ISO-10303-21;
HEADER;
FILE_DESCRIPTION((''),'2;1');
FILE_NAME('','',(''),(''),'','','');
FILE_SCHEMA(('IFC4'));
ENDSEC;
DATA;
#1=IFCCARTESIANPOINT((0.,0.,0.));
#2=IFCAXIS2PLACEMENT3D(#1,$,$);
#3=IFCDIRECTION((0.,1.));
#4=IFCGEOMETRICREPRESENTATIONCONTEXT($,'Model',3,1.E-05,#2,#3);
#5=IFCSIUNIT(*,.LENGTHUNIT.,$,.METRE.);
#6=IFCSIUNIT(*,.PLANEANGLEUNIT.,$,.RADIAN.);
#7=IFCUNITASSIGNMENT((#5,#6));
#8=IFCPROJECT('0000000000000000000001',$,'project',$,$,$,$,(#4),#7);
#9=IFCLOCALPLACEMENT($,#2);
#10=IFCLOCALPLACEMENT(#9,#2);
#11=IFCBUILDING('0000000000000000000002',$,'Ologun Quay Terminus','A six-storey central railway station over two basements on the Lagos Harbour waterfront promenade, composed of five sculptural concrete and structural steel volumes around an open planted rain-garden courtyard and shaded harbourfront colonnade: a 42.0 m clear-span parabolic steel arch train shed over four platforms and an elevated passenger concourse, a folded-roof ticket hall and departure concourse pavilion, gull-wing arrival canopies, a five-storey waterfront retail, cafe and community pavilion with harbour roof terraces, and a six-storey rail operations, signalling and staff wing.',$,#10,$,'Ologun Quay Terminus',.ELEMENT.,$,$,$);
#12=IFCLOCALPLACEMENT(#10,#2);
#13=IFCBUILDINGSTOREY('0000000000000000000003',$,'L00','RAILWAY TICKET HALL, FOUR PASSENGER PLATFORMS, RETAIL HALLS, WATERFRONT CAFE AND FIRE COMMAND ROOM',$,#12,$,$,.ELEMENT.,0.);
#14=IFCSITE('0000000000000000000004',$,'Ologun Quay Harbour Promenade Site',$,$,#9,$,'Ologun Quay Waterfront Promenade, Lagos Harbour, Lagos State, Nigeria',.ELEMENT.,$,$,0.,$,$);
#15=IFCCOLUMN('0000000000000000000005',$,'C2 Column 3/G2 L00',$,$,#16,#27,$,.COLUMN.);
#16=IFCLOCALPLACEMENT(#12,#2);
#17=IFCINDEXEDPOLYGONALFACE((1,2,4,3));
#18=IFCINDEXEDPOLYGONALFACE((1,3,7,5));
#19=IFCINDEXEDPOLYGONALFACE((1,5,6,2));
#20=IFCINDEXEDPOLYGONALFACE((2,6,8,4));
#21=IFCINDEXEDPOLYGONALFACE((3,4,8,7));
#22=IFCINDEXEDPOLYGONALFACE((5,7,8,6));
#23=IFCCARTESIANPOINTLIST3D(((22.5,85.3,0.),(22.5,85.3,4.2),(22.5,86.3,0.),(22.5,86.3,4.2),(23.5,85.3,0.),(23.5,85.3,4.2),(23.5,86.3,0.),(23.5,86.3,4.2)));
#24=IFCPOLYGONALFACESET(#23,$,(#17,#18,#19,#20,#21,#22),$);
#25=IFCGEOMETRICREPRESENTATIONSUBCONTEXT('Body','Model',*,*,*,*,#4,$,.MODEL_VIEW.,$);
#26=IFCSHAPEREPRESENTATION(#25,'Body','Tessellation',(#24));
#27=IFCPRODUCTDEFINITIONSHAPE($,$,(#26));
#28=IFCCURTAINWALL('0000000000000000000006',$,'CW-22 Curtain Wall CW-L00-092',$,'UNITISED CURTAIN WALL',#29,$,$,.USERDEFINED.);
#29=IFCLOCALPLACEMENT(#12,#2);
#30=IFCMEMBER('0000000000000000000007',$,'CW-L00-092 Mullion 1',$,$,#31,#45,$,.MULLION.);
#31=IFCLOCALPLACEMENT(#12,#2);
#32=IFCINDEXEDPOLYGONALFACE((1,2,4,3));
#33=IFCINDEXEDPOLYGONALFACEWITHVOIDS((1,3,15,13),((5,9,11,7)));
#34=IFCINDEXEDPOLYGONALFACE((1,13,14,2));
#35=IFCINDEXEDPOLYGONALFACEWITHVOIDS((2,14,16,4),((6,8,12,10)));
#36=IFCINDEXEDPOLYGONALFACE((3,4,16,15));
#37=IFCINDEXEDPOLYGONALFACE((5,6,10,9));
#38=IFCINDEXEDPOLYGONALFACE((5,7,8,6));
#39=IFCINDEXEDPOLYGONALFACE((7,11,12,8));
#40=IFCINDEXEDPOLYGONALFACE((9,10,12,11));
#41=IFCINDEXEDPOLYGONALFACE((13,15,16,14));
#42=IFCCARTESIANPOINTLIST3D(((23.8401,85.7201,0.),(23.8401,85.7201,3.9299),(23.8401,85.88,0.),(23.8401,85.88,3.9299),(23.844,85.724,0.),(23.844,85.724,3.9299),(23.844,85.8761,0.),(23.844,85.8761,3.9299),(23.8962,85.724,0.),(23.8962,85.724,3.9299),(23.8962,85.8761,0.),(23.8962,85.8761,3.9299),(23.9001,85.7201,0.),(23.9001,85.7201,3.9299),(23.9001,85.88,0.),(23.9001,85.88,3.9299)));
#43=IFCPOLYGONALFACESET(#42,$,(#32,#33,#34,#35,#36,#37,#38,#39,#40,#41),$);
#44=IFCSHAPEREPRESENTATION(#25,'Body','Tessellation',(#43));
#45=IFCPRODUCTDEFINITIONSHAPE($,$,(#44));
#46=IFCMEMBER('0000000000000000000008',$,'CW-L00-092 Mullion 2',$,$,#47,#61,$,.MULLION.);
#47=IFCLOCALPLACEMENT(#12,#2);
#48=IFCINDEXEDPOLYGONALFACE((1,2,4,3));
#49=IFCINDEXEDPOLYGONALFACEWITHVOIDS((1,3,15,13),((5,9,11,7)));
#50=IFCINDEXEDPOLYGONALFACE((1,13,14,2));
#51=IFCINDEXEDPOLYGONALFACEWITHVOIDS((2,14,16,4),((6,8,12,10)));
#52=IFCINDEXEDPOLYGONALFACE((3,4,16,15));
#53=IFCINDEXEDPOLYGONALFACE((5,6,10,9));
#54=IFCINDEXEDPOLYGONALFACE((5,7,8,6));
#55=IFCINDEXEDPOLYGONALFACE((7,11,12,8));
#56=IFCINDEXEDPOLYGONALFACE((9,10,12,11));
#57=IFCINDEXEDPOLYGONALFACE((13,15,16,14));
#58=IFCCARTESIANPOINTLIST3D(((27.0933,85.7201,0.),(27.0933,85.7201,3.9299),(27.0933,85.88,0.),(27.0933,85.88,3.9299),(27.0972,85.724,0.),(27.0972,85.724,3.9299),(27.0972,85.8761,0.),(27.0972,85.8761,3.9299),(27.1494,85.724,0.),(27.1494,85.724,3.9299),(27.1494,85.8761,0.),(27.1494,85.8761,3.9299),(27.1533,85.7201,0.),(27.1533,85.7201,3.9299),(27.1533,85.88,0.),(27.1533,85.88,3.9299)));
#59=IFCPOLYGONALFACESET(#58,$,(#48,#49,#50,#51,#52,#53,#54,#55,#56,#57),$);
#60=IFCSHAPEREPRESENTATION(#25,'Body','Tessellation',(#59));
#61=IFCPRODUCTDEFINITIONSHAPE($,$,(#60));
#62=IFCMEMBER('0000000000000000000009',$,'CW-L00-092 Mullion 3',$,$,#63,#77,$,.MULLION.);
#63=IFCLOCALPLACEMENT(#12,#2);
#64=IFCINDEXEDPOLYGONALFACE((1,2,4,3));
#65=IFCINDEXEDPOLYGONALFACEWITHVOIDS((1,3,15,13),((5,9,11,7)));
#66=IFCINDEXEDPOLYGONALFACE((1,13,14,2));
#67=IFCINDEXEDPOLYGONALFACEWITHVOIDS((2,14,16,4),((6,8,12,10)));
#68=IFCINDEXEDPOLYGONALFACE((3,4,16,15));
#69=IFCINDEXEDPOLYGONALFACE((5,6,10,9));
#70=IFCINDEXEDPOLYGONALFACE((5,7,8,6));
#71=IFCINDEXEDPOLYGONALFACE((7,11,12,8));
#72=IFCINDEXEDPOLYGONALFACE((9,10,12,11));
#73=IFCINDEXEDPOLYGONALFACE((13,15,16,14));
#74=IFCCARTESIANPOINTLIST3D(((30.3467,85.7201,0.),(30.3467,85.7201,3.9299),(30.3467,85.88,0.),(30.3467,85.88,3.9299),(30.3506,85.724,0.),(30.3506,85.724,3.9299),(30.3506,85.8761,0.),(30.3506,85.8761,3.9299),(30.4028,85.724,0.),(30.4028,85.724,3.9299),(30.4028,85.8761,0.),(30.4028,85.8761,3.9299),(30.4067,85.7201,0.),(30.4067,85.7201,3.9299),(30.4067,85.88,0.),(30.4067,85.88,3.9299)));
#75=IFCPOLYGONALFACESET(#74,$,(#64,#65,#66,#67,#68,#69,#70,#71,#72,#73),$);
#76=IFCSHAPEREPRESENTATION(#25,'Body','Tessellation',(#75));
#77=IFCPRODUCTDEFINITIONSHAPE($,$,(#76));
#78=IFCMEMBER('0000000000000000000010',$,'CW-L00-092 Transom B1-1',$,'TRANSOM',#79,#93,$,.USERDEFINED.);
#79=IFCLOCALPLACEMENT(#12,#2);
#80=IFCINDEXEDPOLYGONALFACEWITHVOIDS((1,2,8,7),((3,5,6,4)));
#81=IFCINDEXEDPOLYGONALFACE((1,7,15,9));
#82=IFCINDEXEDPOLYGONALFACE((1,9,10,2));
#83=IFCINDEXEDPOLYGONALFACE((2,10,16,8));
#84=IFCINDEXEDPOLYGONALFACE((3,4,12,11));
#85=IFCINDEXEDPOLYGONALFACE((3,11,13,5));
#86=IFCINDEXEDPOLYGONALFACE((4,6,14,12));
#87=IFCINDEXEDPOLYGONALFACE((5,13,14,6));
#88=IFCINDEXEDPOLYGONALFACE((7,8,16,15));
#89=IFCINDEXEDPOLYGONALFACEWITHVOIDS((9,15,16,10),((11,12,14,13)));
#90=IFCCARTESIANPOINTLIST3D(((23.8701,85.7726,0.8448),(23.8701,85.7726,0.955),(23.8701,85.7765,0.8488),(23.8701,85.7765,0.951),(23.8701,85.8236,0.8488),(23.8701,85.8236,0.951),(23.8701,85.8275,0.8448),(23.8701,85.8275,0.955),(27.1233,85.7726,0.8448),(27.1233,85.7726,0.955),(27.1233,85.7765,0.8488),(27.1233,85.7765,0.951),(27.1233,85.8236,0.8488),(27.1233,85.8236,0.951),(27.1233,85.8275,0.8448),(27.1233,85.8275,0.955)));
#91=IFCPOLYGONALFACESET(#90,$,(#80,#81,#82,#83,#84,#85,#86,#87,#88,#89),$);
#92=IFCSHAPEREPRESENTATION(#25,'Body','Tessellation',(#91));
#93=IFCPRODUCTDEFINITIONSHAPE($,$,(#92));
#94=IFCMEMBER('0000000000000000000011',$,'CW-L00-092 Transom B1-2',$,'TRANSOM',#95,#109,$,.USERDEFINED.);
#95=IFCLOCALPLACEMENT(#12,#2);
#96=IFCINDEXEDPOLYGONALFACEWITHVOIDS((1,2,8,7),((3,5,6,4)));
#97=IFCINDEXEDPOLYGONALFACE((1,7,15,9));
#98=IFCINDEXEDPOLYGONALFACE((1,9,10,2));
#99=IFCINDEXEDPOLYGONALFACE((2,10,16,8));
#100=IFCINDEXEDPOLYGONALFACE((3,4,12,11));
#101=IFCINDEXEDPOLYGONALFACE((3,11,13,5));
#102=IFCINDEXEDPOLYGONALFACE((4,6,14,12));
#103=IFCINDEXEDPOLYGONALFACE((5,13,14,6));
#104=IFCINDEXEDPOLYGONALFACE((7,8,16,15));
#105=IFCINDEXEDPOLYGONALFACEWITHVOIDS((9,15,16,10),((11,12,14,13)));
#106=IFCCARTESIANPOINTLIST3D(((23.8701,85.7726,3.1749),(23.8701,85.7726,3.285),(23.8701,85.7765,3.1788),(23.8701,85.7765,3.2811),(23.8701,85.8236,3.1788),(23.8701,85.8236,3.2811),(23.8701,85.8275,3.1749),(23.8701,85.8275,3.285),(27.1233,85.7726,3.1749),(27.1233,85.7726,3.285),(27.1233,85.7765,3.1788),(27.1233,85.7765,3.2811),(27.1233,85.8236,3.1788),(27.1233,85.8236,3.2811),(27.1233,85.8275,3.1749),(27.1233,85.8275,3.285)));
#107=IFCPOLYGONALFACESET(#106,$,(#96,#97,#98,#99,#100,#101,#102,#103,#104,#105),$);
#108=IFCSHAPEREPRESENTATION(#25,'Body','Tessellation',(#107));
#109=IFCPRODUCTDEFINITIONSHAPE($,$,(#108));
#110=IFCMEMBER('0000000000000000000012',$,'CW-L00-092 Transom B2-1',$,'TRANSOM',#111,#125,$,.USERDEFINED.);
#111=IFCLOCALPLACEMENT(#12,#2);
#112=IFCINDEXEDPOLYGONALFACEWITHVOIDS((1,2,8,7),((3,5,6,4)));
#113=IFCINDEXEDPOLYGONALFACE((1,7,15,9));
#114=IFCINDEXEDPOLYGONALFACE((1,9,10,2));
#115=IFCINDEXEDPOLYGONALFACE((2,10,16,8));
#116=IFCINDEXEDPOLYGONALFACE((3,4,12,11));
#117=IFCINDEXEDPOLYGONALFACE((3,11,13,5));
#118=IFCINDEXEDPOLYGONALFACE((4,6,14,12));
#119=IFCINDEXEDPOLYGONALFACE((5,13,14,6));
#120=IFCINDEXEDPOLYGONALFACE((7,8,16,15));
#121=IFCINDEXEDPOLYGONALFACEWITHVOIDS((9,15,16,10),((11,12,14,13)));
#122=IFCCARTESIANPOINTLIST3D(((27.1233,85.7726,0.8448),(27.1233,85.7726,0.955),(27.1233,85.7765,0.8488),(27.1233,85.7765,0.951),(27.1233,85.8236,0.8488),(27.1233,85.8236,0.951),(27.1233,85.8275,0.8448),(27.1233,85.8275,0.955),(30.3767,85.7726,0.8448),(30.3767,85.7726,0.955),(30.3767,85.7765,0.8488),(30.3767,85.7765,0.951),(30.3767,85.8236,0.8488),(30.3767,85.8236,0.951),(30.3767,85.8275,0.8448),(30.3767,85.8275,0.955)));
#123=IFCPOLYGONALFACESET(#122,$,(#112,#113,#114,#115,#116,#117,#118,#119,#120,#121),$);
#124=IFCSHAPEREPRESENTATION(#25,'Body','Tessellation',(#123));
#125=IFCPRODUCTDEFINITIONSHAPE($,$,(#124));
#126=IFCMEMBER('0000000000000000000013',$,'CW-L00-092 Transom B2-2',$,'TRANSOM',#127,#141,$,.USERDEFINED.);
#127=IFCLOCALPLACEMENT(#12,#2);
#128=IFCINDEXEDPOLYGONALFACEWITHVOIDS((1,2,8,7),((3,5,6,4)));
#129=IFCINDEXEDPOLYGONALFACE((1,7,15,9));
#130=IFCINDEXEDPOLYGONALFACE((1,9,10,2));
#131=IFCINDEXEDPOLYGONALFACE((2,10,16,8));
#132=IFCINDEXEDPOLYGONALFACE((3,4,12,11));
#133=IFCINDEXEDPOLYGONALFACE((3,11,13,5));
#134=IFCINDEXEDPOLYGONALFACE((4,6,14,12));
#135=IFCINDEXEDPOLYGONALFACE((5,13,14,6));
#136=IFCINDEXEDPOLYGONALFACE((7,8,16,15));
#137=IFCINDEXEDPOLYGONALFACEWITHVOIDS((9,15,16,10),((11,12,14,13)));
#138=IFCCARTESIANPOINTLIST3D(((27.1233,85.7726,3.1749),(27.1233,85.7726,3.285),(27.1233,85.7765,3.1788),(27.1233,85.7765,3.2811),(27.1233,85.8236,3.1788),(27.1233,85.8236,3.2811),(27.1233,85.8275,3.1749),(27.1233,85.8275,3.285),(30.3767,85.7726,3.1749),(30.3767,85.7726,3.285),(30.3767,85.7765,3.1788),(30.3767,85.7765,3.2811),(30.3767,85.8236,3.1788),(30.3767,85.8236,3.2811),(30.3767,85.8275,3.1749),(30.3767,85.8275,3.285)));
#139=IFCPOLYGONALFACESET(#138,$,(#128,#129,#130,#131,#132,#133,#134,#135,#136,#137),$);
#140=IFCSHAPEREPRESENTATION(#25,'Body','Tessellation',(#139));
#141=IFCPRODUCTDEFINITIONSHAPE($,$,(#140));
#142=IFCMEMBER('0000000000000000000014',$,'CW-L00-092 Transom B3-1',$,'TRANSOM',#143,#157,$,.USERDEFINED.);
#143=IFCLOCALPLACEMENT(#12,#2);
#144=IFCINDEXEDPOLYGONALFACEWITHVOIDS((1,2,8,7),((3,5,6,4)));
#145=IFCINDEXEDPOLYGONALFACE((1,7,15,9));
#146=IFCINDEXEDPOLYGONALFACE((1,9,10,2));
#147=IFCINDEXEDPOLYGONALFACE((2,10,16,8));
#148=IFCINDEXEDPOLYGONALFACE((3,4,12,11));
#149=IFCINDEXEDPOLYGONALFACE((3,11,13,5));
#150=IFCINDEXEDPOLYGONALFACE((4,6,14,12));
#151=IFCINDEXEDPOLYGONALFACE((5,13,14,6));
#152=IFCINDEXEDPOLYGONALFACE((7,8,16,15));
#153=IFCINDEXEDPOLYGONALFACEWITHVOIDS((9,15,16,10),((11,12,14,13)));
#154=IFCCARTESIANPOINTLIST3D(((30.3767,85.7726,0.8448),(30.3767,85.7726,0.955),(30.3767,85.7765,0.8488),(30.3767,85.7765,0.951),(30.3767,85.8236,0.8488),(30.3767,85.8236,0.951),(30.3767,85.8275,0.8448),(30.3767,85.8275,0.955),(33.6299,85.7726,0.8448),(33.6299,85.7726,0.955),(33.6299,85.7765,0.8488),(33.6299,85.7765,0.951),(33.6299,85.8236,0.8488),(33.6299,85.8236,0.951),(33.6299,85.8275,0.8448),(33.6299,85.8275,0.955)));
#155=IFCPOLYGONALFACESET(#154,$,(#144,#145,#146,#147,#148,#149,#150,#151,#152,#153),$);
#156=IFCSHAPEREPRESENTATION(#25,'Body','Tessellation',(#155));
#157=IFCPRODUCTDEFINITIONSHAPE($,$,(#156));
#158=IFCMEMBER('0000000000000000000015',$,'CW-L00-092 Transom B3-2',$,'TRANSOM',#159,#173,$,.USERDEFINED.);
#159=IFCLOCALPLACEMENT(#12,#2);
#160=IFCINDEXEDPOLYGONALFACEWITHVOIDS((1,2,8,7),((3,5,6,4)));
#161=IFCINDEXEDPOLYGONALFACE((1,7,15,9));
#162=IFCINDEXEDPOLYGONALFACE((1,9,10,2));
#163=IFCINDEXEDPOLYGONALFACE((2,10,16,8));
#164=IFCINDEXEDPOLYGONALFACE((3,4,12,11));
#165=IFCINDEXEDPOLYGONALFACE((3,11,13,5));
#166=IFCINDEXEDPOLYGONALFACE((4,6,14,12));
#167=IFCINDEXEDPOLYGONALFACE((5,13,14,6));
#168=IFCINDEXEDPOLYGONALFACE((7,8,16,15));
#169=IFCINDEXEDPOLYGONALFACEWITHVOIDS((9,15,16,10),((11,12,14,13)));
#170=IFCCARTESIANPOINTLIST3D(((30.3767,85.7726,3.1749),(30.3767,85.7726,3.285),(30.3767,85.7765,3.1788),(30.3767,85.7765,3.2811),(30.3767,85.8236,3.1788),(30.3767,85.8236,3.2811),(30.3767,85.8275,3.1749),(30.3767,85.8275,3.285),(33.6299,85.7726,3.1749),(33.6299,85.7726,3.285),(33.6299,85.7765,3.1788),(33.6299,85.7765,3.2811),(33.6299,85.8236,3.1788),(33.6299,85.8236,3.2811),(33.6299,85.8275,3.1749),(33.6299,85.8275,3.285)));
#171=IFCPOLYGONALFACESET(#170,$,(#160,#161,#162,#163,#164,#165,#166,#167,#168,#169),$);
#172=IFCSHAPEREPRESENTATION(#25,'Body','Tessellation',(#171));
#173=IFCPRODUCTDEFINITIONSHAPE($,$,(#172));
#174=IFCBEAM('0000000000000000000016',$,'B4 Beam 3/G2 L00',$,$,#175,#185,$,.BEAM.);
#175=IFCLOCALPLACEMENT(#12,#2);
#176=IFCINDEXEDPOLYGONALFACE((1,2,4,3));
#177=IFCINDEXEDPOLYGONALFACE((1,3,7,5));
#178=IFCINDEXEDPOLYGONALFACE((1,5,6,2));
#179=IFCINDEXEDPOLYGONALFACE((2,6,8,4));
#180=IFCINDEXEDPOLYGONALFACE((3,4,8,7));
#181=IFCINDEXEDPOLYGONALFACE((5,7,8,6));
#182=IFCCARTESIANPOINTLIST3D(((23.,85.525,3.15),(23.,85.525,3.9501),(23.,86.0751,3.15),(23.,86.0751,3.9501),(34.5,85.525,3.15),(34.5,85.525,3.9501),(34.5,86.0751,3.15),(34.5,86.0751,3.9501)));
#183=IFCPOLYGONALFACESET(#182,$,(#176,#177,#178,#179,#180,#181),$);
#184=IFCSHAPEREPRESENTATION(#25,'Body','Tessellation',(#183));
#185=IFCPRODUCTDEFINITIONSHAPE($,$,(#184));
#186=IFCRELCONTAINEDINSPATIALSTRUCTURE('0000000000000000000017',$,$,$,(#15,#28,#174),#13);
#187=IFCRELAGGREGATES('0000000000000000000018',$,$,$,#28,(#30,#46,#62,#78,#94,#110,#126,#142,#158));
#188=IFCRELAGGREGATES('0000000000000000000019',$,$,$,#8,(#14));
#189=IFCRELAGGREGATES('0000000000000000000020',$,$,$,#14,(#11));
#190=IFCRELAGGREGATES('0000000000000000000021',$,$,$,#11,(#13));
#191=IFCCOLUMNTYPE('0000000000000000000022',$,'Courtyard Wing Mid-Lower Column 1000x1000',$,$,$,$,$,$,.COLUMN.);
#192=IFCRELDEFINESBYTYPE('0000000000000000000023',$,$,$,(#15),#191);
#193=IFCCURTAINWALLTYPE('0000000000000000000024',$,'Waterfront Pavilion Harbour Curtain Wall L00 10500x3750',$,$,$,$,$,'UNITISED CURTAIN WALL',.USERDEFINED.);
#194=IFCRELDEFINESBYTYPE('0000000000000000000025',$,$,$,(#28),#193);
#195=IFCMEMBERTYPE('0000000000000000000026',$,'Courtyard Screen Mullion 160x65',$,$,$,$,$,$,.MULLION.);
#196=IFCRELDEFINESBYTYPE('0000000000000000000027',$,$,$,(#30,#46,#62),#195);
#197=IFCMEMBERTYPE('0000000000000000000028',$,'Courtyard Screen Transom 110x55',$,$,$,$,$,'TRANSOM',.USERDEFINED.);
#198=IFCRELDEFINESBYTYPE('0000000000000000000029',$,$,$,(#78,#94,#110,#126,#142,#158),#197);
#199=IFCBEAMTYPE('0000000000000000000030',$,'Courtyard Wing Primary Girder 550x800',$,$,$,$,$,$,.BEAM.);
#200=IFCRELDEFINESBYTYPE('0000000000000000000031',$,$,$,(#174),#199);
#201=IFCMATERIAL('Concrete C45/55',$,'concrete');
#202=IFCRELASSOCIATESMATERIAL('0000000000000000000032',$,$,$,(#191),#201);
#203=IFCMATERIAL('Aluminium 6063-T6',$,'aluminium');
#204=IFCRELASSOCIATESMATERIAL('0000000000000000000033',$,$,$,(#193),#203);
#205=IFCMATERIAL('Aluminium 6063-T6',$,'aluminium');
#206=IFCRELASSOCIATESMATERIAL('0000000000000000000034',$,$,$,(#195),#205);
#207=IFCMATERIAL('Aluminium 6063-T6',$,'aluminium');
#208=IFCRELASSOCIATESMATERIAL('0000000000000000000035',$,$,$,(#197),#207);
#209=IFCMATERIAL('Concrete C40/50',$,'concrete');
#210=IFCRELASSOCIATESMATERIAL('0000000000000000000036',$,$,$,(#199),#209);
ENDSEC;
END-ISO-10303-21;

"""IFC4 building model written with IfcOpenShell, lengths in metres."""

from ifc_helpers import new_model, si_unit, direction, frame, origin, origin_2d, place, context, subcontext, project, spatial, rectangle, hollow_rectangle, extrude, material, material_profile, profile_set, type_object, element, aggregate, save


model = new_model("IFC4")

# Units and contexts
model_context = context("Model", 3, precision=1e-05, world=origin(), true_north=direction((0.0, 1.0)))
body_context = subcontext(model_context, "Body", "Model", "MODEL_VIEW")
ifc_project = project(units=[si_unit("LENGTHUNIT", "METRE"), si_unit("PLANEANGLEUNIT", "RADIAN")], contexts=[model_context])

# Site, building, storey
site_placement = place(None, origin())
site = spatial("IfcSite", under=ifc_project, at=site_placement, Name="Ologun Quay Harbour Promenade Site", LongName="Ologun Quay Waterfront Promenade, Lagos Harbour, Lagos State, Nigeria", CompositionType="ELEMENT", RefElevation=0.0)
building_placement = place(site_placement, origin())
building = spatial("IfcBuilding", under=site, at=building_placement, Name="Ologun Quay Terminus", Description="A six-storey central railway station over two basements on the Lagos Harbour waterfront promenade, composed of five sculptural concrete and structural steel volumes around an open planted rain-garden courtyard and shaded harbourfront colonnade: a 42.0 m clear-span parabolic steel arch train shed over four platforms and an elevated passenger concourse, a folded-roof ticket hall and departure concourse pavilion, gull-wing arrival canopies, a five-storey waterfront retail, cafe and community pavilion with harbour roof terraces, and a six-storey rail operations, signalling and staff wing.", LongName="Ologun Quay Terminus", CompositionType="ELEMENT")
storey_placement = place(building_placement, origin())
storey = spatial("IfcBuildingStorey", under=building, at=storey_placement, Name="L00", Description="RAILWAY TICKET HALL, FOUR PASSENGER PLATFORMS, RETAIL HALLS, WATERFRONT CAFE AND FIRE COMMAND ROOM", CompositionType="ELEMENT", Elevation=0.0)

# Column
ifc_material_1 = material(Name="Concrete C45/55", Category="concrete")
ifc_material_profile_1 = material_profile(ifc_material_1, rectangle(XDim=1.0, YDim=1.0, at=origin_2d()), Name="RC 1000x1000")
ifc_profile_set_1 = profile_set([ifc_material_profile_1], Name="Concrete C45/55")
column_type = type_object("IfcColumnType", Name="Courtyard Wing Mid-Lower Column 1000x1000", PredefinedType="COLUMN", material=ifc_profile_set_1)
column_placement = place(storey_placement, frame((23.0, 85.8, 0.0), z_axis=(0.0, 0.0, 1.0), x_axis=(1.0, 0.0, 0.0)))
element("IfcColumn", 1, at=column_placement, inside=storey, type_object=column_type, Name="C2 Column 3/G2 L00", PredefinedType="COLUMN", context=body_context, shape_type="SweptSolid", body=[
    extrude(rectangle(XDim=1.0, YDim=1.0, at=origin_2d()), origin(), (0.0, 0.0, 1.0), 4.2),
])

# Curtain wall, members
ifc_material_2 = material(Name="Aluminium 6063-T6", Category="aluminium")
curtain_wall_type = type_object("IfcCurtainWallType", Name="Waterfront Pavilion Harbour Curtain Wall L00 10500x3750", ElementType="UNITISED CURTAIN WALL", PredefinedType="USERDEFINED", material=ifc_material_2)
curtain_wall_placement = place(storey_placement, origin())
curtain_wall = element("IfcCurtainWall", 2, at=curtain_wall_placement, inside=storey, type_object=curtain_wall_type, Name="CW-22 Curtain Wall CW-L00-092", ObjectType="UNITISED CURTAIN WALL", PredefinedType="USERDEFINED")
ifc_material_3 = material(Name="Aluminium 6063-T6", Category="aluminium")
ifc_material_profile_2 = material_profile(ifc_material_3, hollow_rectangle(XDim=0.0601, YDim=0.1599, WallThickness=0.0039, at=origin_2d()), Name="ALU 160x60x4")
ifc_profile_set_2 = profile_set([ifc_material_profile_2], Name="Aluminium 6063-T6")
member_type_1 = type_object("IfcMemberType", Name="Courtyard Screen Mullion 160x65", PredefinedType="MULLION", material=ifc_profile_set_2)
member_1_placement = place(storey_placement, frame((23.8701, 85.8, 0.0), z_axis=(0.0, 0.0, 1.0), x_axis=(1.0, 0.0, 0.0)))
member_1 = element("IfcMember", 3, at=member_1_placement, type_object=member_type_1, Name="CW-L00-092 Mullion 1", PredefinedType="MULLION", context=body_context, shape_type="SweptSolid", body=[
    extrude(hollow_rectangle(XDim=0.0601, YDim=0.1599, WallThickness=0.0039, at=origin_2d()), origin(), (0.0, 0.0, 1.0), 3.9299),
])
member_2_placement = place(storey_placement, frame((27.1233, 85.8, 0.0), z_axis=(0.0, 0.0, 1.0), x_axis=(1.0, 0.0, 0.0)))
member_2 = element("IfcMember", 4, at=member_2_placement, type_object=member_type_1, Name="CW-L00-092 Mullion 2", PredefinedType="MULLION", context=body_context, shape_type="SweptSolid", body=[
    extrude(hollow_rectangle(XDim=0.0601, YDim=0.1599, WallThickness=0.0039, at=origin_2d()), origin(), (0.0, 0.0, 1.0), 3.9299),
])
member_3_placement = place(storey_placement, frame((30.3767, 85.8, 0.0), z_axis=(0.0, 0.0, 1.0), x_axis=(1.0, 0.0, 0.0)))
member_3 = element("IfcMember", 5, at=member_3_placement, type_object=member_type_1, Name="CW-L00-092 Mullion 3", PredefinedType="MULLION", context=body_context, shape_type="SweptSolid", body=[
    extrude(hollow_rectangle(XDim=0.0601, YDim=0.1599, WallThickness=0.0039, at=origin_2d()), origin(), (0.0, 0.0, 1.0), 3.9299),
])
ifc_material_4 = material(Name="Aluminium 6063-T6", Category="aluminium")
ifc_material_profile_3 = material_profile(ifc_material_4, hollow_rectangle(XDim=0.0549, YDim=0.1101, WallThickness=0.0039, at=origin_2d()), Name="ALU 110x55x4")
ifc_profile_set_3 = profile_set([ifc_material_profile_3], Name="Aluminium 6063-T6")
member_type_2 = type_object("IfcMemberType", Name="Courtyard Screen Transom 110x55", ElementType="TRANSOM", PredefinedType="USERDEFINED", material=ifc_profile_set_3)
member_4_placement = place(storey_placement, frame((23.8701, 85.8, 0.8999), z_axis=(1.0, 0.0, 0.0), x_axis=(0.0, 1.0, 0.0)))
member_4 = element("IfcMember", 6, at=member_4_placement, type_object=member_type_2, Name="CW-L00-092 Transom B1-1", ObjectType="TRANSOM", PredefinedType="USERDEFINED", context=body_context, shape_type="SweptSolid", body=[
    extrude(hollow_rectangle(XDim=0.0549, YDim=0.1101, WallThickness=0.0039, at=origin_2d()), origin(), (0.0, 0.0, 1.0), 3.2532),
])
member_5_placement = place(storey_placement, frame((23.8701, 85.8, 3.23), z_axis=(1.0, 0.0, 0.0), x_axis=(0.0, 1.0, 0.0)))
member_5 = element("IfcMember", 7, at=member_5_placement, type_object=member_type_2, Name="CW-L00-092 Transom B1-2", ObjectType="TRANSOM", PredefinedType="USERDEFINED", context=body_context, shape_type="SweptSolid", body=[
    extrude(hollow_rectangle(XDim=0.0549, YDim=0.1101, WallThickness=0.0039, at=origin_2d()), origin(), (0.0, 0.0, 1.0), 3.2532),
])
member_6_placement = place(storey_placement, frame((27.1233, 85.8, 0.8999), z_axis=(1.0, 0.0, 0.0), x_axis=(0.0, 1.0, 0.0)))
member_6 = element("IfcMember", 8, at=member_6_placement, type_object=member_type_2, Name="CW-L00-092 Transom B2-1", ObjectType="TRANSOM", PredefinedType="USERDEFINED", context=body_context, shape_type="SweptSolid", body=[
    extrude(hollow_rectangle(XDim=0.0549, YDim=0.1101, WallThickness=0.0039, at=origin_2d()), origin(), (0.0, 0.0, 1.0), 3.2534),
])
member_7_placement = place(storey_placement, frame((27.1233, 85.8, 3.23), z_axis=(1.0, 0.0, 0.0), x_axis=(0.0, 1.0, 0.0)))
member_7 = element("IfcMember", 9, at=member_7_placement, type_object=member_type_2, Name="CW-L00-092 Transom B2-2", ObjectType="TRANSOM", PredefinedType="USERDEFINED", context=body_context, shape_type="SweptSolid", body=[
    extrude(hollow_rectangle(XDim=0.0549, YDim=0.1101, WallThickness=0.0039, at=origin_2d()), origin(), (0.0, 0.0, 1.0), 3.2534),
])
member_8_placement = place(storey_placement, frame((30.3767, 85.8, 0.8999), z_axis=(1.0, 0.0, 0.0), x_axis=(0.0, 1.0, 0.0)))
member_8 = element("IfcMember", 10, at=member_8_placement, type_object=member_type_2, Name="CW-L00-092 Transom B3-1", ObjectType="TRANSOM", PredefinedType="USERDEFINED", context=body_context, shape_type="SweptSolid", body=[
    extrude(hollow_rectangle(XDim=0.0549, YDim=0.1101, WallThickness=0.0039, at=origin_2d()), origin(), (0.0, 0.0, 1.0), 3.2532),
])
member_9_placement = place(storey_placement, frame((30.3767, 85.8, 3.23), z_axis=(1.0, 0.0, 0.0), x_axis=(0.0, 1.0, 0.0)))
member_9 = element("IfcMember", 11, at=member_9_placement, type_object=member_type_2, Name="CW-L00-092 Transom B3-2", ObjectType="TRANSOM", PredefinedType="USERDEFINED", context=body_context, shape_type="SweptSolid", body=[
    extrude(hollow_rectangle(XDim=0.0549, YDim=0.1101, WallThickness=0.0039, at=origin_2d()), origin(), (0.0, 0.0, 1.0), 3.2532),
])

# Beam
ifc_material_5 = material(Name="Concrete C40/50", Category="concrete")
ifc_material_profile_4 = material_profile(ifc_material_5, rectangle(XDim=0.55, YDim=0.8, at=origin_2d()), Name="RC 550x800")
ifc_profile_set_4 = profile_set([ifc_material_profile_4], Name="Concrete C40/50")
beam_type_1 = type_object("IfcBeamType", Name="Courtyard Wing Primary Girder 550x800", PredefinedType="BEAM", material=ifc_profile_set_4)
beam_1_placement = place(storey_placement, frame((23.0, 85.8, 3.55), z_axis=(1.0, 0.0, 0.0), x_axis=(0.0, 1.0, 0.0)))
element("IfcBeam", 12, at=beam_1_placement, inside=storey, type_object=beam_type_1, Name="B4 Beam 3/G2 L00", PredefinedType="BEAM", context=body_context, shape_type="SweptSolid", body=[
    extrude(rectangle(XDim=0.55, YDim=0.8, at=origin_2d()), origin(), (0.0, 0.0, 1.0), 11.5),
])

aggregate(curtain_wall, [member_1, member_2, member_3, member_4, member_5, member_6, member_7, member_8, member_9])

save(model, "model.ifc")
